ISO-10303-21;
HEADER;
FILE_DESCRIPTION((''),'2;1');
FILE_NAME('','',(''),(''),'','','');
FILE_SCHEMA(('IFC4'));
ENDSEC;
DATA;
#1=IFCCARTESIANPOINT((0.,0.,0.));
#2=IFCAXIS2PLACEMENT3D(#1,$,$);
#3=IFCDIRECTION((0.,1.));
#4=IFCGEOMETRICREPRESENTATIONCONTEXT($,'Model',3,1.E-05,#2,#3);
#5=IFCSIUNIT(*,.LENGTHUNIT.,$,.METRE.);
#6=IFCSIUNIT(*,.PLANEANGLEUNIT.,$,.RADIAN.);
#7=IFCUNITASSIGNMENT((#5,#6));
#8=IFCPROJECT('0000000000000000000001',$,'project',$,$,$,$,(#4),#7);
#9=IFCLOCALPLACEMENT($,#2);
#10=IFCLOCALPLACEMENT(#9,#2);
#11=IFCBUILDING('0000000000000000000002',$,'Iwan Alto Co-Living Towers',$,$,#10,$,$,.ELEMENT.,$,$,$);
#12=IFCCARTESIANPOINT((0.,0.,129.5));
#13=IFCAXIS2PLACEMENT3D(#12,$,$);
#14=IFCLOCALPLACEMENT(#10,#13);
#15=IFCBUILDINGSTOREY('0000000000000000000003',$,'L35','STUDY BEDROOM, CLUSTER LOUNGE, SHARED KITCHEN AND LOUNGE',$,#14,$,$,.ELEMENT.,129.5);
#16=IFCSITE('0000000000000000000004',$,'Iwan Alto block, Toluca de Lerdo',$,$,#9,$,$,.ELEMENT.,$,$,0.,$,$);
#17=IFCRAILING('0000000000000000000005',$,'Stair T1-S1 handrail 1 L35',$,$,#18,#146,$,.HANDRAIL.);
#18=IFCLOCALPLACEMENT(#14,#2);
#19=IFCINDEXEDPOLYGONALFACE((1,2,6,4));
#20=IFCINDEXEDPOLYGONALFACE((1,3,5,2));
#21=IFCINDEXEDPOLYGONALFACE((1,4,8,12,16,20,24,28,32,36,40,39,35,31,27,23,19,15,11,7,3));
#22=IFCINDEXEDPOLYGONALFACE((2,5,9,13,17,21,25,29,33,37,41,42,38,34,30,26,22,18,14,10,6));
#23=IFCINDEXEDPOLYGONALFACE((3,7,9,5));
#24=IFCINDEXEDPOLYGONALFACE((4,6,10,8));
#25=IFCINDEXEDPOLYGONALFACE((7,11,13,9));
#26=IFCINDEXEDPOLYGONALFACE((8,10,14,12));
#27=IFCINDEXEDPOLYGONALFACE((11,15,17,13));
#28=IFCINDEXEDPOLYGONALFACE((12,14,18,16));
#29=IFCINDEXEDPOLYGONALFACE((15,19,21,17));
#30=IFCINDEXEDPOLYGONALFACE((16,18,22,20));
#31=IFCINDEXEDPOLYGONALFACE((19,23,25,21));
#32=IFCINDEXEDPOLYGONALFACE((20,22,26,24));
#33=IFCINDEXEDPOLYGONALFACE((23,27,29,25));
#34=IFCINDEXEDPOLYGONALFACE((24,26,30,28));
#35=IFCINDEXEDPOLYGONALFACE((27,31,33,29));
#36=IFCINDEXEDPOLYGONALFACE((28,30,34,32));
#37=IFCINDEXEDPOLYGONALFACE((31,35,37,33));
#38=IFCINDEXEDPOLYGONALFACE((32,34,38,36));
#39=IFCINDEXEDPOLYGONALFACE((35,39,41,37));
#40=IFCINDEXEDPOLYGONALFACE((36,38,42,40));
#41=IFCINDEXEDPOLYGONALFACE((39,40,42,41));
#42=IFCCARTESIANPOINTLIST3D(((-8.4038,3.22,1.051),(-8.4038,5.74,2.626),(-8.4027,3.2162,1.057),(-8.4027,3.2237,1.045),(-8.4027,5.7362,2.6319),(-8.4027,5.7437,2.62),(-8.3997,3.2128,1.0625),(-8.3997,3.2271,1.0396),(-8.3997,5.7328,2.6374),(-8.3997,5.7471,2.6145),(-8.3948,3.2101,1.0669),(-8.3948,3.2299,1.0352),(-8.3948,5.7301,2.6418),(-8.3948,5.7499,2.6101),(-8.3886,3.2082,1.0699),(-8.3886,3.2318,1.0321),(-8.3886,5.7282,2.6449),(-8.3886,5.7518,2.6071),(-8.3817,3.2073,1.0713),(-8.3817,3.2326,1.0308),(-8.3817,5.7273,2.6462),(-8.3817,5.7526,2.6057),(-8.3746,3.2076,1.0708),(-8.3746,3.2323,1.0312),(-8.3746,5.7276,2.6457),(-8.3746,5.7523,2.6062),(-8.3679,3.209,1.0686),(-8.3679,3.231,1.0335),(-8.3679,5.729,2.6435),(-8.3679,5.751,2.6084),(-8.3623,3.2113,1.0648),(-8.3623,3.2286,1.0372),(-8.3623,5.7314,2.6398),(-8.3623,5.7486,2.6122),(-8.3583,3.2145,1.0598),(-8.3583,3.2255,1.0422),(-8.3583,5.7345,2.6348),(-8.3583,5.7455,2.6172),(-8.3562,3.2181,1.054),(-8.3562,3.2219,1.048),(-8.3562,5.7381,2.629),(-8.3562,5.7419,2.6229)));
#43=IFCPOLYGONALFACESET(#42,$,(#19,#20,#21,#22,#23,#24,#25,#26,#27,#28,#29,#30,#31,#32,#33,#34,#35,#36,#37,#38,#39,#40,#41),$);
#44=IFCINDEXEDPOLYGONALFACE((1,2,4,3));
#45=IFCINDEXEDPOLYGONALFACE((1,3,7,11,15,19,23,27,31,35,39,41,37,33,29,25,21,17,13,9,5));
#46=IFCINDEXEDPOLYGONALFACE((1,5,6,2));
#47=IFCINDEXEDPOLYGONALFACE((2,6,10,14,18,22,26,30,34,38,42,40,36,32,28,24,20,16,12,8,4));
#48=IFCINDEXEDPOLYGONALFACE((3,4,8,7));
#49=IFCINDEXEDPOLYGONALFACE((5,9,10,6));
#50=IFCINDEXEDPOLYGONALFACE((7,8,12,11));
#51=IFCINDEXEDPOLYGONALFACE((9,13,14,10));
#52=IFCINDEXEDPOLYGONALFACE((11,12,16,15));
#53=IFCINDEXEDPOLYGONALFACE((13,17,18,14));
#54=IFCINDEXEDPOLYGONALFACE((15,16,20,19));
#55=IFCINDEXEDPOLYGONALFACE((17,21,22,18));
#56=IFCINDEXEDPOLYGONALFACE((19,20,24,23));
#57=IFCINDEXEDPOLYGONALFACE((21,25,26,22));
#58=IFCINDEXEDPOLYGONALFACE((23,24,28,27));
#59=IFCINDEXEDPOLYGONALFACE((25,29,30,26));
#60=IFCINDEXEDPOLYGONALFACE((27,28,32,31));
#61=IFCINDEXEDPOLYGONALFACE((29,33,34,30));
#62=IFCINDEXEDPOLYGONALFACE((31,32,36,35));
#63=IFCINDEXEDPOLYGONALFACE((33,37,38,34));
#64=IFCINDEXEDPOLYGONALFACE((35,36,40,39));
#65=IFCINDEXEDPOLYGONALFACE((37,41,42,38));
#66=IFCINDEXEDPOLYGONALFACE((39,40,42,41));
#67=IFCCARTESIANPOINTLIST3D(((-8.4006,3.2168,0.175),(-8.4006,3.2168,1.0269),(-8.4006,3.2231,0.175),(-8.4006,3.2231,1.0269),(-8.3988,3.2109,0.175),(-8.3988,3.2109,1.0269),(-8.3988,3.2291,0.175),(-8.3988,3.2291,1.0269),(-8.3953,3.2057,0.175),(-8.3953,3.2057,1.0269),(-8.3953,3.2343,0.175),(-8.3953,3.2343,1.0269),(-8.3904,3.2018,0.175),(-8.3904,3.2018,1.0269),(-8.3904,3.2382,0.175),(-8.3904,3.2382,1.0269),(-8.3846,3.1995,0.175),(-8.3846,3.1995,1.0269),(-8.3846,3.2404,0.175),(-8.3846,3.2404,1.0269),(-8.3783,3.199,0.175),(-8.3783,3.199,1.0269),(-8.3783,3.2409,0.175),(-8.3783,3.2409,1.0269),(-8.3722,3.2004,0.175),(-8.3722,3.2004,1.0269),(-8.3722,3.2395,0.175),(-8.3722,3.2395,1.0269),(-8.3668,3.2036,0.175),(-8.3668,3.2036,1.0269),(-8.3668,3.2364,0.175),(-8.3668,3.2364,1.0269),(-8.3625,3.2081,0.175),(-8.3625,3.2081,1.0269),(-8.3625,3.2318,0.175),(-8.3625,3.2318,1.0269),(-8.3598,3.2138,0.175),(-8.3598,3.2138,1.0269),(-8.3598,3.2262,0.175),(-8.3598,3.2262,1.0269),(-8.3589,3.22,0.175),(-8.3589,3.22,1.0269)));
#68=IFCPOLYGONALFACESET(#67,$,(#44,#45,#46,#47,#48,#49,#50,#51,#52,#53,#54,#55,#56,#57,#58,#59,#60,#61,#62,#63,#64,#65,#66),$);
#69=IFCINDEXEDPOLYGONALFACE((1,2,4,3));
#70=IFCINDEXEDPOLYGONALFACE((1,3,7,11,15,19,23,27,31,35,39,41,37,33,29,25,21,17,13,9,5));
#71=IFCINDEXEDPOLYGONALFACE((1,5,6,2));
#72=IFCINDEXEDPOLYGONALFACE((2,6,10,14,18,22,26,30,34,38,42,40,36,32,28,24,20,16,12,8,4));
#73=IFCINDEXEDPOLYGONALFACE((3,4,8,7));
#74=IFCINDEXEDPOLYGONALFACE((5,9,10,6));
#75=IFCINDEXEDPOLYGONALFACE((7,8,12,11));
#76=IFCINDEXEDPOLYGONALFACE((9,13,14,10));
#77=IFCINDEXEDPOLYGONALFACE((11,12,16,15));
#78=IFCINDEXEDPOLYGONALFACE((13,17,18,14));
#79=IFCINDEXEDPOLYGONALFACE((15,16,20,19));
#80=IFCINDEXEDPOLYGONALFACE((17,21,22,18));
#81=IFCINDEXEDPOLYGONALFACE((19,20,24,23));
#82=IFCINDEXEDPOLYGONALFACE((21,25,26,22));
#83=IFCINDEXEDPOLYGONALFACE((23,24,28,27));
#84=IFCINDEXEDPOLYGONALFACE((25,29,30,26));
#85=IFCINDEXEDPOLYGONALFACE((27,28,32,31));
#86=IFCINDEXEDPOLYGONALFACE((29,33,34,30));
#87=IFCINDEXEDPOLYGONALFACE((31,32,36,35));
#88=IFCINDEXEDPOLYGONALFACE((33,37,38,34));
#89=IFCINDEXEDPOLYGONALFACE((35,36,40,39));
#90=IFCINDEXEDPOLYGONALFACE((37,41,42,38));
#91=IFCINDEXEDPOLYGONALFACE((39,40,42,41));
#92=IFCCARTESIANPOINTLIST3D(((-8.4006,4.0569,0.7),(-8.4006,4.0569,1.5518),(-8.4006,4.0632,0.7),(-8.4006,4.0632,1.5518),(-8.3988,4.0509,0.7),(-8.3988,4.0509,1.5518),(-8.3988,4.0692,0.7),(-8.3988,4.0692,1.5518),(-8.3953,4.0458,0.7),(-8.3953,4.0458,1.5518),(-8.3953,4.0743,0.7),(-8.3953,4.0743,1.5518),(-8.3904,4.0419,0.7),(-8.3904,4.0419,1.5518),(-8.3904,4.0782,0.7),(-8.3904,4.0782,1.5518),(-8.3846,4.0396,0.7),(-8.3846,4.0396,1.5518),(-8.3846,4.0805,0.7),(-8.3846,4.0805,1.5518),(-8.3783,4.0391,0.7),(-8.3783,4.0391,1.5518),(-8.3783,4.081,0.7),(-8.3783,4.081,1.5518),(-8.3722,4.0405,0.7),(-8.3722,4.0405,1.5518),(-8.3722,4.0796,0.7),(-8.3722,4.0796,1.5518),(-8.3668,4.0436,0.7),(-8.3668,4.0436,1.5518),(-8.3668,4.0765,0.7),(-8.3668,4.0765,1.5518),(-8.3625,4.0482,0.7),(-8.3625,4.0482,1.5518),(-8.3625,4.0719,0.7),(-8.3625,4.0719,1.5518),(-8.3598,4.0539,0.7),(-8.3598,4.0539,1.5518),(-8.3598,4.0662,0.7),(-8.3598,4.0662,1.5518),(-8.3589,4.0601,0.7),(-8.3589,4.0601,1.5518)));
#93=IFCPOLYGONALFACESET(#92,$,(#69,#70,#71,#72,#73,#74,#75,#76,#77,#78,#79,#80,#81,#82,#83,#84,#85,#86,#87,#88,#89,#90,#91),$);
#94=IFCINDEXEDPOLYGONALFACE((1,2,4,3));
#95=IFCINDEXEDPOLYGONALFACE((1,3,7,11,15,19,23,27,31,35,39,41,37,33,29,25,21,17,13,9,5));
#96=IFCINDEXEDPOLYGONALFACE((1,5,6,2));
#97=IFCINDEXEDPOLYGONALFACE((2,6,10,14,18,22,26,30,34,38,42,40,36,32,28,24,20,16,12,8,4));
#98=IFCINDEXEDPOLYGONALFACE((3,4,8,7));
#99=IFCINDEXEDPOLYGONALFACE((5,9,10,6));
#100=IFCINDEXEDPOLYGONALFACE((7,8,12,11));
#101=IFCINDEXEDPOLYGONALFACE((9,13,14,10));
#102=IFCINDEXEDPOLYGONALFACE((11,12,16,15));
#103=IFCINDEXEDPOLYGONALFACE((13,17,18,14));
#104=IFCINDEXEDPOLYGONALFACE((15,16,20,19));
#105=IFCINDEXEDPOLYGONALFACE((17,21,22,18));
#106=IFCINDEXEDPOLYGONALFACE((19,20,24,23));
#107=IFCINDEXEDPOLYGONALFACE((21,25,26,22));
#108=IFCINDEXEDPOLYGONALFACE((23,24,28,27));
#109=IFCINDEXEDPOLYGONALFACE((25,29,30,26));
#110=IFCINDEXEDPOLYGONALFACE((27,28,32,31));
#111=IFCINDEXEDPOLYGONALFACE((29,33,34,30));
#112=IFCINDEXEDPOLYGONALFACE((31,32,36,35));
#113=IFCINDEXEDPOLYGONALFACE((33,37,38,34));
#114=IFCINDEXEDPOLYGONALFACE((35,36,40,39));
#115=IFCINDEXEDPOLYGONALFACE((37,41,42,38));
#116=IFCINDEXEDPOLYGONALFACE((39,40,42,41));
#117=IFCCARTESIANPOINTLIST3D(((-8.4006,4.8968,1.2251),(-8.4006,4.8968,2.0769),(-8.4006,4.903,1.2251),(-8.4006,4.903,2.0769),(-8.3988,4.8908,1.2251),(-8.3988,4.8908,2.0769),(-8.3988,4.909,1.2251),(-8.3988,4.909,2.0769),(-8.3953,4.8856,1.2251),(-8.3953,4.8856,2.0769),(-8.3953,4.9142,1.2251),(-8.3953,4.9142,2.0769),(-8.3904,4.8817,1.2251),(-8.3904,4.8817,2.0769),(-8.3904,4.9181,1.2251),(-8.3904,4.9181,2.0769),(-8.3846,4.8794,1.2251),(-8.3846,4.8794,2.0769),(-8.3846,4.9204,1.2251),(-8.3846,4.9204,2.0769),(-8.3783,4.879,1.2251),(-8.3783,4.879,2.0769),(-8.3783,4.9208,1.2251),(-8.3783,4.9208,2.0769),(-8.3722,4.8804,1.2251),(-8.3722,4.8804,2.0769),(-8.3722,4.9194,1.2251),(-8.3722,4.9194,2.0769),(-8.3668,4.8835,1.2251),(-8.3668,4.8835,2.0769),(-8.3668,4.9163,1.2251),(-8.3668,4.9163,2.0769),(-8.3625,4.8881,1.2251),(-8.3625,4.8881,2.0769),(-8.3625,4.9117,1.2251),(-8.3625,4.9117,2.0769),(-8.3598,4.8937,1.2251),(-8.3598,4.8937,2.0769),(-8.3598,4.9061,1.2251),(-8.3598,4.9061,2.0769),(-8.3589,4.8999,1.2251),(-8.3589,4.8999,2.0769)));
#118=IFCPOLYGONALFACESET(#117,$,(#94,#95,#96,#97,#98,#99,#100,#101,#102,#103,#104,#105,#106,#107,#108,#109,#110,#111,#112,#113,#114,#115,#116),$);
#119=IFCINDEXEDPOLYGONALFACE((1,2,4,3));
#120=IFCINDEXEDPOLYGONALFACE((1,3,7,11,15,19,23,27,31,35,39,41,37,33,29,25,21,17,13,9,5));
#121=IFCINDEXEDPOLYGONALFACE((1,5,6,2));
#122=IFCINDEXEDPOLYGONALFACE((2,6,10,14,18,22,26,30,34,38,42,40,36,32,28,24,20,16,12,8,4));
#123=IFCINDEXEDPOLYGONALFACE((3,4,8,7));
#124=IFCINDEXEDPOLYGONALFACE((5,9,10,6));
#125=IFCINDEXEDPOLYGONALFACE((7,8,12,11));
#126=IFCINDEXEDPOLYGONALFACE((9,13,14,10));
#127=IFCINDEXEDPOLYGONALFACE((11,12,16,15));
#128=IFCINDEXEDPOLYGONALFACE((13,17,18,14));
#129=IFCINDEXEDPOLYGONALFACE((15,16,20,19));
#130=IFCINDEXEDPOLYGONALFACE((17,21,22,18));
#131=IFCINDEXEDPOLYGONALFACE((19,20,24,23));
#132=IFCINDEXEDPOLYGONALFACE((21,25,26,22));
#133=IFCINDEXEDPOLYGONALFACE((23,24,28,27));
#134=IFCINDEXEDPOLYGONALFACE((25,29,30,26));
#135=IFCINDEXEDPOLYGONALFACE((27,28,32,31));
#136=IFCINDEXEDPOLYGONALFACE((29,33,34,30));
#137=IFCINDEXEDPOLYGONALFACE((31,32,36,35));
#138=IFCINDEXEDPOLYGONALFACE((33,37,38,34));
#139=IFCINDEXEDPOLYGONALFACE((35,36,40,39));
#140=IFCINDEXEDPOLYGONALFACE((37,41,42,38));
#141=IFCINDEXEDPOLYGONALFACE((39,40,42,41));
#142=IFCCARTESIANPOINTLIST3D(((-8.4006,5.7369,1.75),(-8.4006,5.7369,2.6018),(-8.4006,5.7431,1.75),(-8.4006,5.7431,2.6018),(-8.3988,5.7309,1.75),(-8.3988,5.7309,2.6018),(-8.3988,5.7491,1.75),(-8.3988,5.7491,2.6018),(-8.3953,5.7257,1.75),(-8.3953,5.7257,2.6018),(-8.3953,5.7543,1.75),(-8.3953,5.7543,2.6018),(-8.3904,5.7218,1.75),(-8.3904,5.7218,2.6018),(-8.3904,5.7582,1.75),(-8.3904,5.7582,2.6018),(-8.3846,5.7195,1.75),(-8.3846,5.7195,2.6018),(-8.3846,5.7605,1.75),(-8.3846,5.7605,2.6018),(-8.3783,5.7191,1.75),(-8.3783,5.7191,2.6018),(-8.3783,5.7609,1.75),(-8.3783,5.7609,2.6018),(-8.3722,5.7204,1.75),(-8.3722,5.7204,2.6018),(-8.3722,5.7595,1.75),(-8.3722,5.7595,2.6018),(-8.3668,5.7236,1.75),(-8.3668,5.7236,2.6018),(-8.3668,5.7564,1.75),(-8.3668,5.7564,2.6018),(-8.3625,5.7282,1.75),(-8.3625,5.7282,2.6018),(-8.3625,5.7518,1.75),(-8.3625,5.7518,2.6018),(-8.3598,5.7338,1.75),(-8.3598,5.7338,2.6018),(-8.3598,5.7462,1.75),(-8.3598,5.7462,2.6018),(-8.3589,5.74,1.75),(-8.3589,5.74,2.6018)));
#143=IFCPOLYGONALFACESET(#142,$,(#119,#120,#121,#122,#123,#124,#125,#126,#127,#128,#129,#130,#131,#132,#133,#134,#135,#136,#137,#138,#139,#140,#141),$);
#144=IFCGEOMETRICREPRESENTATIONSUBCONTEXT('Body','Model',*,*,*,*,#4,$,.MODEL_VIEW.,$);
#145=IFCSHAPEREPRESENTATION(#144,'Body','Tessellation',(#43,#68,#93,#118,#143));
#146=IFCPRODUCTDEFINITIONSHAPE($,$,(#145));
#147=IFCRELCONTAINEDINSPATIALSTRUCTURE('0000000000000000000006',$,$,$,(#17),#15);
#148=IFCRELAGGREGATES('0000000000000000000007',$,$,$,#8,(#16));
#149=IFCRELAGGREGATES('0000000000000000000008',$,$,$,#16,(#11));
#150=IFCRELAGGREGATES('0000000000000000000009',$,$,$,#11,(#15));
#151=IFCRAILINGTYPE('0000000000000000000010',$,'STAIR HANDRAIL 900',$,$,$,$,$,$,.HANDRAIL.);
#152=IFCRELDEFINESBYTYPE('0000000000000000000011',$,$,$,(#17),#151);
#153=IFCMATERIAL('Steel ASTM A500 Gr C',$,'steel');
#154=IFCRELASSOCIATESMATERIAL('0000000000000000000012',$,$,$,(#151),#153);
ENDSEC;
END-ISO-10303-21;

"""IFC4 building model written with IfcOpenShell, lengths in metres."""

from ifc_helpers import new_model, si_unit, direction, frame, origin, origin_2d, place, context, subcontext, project, spatial, circle, extrude, material, type_object, element, save


model = new_model("IFC4")

# Units and contexts
model_context = context("Model", 3, precision=1e-05, world=origin(), true_north=direction((0.0, 1.0)))
body_context = subcontext(model_context, "Body", "Model", "MODEL_VIEW")
ifc_project = project(units=[si_unit("LENGTHUNIT", "METRE"), si_unit("PLANEANGLEUNIT", "RADIAN")], contexts=[model_context])

# Site, building, storey
site_placement = place(None, origin())
site = spatial("IfcSite", under=ifc_project, at=site_placement, Name="Iwan Alto block, Toluca de Lerdo", CompositionType="ELEMENT", RefElevation=0.0)
building_placement = place(site_placement, origin())
building = spatial("IfcBuilding", under=site, at=building_placement, Name="Iwan Alto Co-Living Towers", CompositionType="ELEMENT")
storey_placement = place(building_placement, frame((0.0, 0.0, 129.5)))
storey = spatial("IfcBuildingStorey", under=building, at=storey_placement, Name="L35", Description="STUDY BEDROOM, CLUSTER LOUNGE, SHARED KITCHEN AND LOUNGE", CompositionType="ELEMENT", Elevation=129.5)

# Railing
ifc_material_1 = material(Name="Steel ASTM A500 Gr C", Category="steel")
railing_type_1 = type_object("IfcRailingType", Name="STAIR HANDRAIL 900", PredefinedType="HANDRAIL", material=ifc_material_1)
railing_1_placement = place(storey_placement, frame((-8.3799, 3.22, 0.175)))
element("IfcRailing", 1, at=railing_1_placement, inside=storey, type_object=railing_type_1, Name="Stair T1-S1 handrail 1 L35", PredefinedType="HANDRAIL", context=body_context, shape_type="SweptSolid", body=[
    extrude(circle(Radius=0.0239, at=origin_2d()), frame((0.0, 0.0, 0.876), z_axis=(0.0, 0.848008, 0.529984), x_axis=(-1.0, 0.0, 0.0)), (0.0, 0.0, 1.0), 2.9717),
    extrude(circle(Radius=0.021, at=origin_2d()), origin(), (0.0, 0.0, 1.0), 0.8518),
    extrude(circle(Radius=0.021, at=origin_2d()), frame((0.0, 0.8401, 0.5249)), (0.0, 0.0, 1.0), 0.8518),
    extrude(circle(Radius=0.021, at=origin_2d()), frame((0.0, 1.6799, 1.05)), (0.0, 0.0, 1.0), 0.8518),
    extrude(circle(Radius=0.021, at=origin_2d()), frame((0.0, 2.52, 1.575)), (0.0, 0.0, 1.0), 0.8518),
])

save(model, "model.ifc")
